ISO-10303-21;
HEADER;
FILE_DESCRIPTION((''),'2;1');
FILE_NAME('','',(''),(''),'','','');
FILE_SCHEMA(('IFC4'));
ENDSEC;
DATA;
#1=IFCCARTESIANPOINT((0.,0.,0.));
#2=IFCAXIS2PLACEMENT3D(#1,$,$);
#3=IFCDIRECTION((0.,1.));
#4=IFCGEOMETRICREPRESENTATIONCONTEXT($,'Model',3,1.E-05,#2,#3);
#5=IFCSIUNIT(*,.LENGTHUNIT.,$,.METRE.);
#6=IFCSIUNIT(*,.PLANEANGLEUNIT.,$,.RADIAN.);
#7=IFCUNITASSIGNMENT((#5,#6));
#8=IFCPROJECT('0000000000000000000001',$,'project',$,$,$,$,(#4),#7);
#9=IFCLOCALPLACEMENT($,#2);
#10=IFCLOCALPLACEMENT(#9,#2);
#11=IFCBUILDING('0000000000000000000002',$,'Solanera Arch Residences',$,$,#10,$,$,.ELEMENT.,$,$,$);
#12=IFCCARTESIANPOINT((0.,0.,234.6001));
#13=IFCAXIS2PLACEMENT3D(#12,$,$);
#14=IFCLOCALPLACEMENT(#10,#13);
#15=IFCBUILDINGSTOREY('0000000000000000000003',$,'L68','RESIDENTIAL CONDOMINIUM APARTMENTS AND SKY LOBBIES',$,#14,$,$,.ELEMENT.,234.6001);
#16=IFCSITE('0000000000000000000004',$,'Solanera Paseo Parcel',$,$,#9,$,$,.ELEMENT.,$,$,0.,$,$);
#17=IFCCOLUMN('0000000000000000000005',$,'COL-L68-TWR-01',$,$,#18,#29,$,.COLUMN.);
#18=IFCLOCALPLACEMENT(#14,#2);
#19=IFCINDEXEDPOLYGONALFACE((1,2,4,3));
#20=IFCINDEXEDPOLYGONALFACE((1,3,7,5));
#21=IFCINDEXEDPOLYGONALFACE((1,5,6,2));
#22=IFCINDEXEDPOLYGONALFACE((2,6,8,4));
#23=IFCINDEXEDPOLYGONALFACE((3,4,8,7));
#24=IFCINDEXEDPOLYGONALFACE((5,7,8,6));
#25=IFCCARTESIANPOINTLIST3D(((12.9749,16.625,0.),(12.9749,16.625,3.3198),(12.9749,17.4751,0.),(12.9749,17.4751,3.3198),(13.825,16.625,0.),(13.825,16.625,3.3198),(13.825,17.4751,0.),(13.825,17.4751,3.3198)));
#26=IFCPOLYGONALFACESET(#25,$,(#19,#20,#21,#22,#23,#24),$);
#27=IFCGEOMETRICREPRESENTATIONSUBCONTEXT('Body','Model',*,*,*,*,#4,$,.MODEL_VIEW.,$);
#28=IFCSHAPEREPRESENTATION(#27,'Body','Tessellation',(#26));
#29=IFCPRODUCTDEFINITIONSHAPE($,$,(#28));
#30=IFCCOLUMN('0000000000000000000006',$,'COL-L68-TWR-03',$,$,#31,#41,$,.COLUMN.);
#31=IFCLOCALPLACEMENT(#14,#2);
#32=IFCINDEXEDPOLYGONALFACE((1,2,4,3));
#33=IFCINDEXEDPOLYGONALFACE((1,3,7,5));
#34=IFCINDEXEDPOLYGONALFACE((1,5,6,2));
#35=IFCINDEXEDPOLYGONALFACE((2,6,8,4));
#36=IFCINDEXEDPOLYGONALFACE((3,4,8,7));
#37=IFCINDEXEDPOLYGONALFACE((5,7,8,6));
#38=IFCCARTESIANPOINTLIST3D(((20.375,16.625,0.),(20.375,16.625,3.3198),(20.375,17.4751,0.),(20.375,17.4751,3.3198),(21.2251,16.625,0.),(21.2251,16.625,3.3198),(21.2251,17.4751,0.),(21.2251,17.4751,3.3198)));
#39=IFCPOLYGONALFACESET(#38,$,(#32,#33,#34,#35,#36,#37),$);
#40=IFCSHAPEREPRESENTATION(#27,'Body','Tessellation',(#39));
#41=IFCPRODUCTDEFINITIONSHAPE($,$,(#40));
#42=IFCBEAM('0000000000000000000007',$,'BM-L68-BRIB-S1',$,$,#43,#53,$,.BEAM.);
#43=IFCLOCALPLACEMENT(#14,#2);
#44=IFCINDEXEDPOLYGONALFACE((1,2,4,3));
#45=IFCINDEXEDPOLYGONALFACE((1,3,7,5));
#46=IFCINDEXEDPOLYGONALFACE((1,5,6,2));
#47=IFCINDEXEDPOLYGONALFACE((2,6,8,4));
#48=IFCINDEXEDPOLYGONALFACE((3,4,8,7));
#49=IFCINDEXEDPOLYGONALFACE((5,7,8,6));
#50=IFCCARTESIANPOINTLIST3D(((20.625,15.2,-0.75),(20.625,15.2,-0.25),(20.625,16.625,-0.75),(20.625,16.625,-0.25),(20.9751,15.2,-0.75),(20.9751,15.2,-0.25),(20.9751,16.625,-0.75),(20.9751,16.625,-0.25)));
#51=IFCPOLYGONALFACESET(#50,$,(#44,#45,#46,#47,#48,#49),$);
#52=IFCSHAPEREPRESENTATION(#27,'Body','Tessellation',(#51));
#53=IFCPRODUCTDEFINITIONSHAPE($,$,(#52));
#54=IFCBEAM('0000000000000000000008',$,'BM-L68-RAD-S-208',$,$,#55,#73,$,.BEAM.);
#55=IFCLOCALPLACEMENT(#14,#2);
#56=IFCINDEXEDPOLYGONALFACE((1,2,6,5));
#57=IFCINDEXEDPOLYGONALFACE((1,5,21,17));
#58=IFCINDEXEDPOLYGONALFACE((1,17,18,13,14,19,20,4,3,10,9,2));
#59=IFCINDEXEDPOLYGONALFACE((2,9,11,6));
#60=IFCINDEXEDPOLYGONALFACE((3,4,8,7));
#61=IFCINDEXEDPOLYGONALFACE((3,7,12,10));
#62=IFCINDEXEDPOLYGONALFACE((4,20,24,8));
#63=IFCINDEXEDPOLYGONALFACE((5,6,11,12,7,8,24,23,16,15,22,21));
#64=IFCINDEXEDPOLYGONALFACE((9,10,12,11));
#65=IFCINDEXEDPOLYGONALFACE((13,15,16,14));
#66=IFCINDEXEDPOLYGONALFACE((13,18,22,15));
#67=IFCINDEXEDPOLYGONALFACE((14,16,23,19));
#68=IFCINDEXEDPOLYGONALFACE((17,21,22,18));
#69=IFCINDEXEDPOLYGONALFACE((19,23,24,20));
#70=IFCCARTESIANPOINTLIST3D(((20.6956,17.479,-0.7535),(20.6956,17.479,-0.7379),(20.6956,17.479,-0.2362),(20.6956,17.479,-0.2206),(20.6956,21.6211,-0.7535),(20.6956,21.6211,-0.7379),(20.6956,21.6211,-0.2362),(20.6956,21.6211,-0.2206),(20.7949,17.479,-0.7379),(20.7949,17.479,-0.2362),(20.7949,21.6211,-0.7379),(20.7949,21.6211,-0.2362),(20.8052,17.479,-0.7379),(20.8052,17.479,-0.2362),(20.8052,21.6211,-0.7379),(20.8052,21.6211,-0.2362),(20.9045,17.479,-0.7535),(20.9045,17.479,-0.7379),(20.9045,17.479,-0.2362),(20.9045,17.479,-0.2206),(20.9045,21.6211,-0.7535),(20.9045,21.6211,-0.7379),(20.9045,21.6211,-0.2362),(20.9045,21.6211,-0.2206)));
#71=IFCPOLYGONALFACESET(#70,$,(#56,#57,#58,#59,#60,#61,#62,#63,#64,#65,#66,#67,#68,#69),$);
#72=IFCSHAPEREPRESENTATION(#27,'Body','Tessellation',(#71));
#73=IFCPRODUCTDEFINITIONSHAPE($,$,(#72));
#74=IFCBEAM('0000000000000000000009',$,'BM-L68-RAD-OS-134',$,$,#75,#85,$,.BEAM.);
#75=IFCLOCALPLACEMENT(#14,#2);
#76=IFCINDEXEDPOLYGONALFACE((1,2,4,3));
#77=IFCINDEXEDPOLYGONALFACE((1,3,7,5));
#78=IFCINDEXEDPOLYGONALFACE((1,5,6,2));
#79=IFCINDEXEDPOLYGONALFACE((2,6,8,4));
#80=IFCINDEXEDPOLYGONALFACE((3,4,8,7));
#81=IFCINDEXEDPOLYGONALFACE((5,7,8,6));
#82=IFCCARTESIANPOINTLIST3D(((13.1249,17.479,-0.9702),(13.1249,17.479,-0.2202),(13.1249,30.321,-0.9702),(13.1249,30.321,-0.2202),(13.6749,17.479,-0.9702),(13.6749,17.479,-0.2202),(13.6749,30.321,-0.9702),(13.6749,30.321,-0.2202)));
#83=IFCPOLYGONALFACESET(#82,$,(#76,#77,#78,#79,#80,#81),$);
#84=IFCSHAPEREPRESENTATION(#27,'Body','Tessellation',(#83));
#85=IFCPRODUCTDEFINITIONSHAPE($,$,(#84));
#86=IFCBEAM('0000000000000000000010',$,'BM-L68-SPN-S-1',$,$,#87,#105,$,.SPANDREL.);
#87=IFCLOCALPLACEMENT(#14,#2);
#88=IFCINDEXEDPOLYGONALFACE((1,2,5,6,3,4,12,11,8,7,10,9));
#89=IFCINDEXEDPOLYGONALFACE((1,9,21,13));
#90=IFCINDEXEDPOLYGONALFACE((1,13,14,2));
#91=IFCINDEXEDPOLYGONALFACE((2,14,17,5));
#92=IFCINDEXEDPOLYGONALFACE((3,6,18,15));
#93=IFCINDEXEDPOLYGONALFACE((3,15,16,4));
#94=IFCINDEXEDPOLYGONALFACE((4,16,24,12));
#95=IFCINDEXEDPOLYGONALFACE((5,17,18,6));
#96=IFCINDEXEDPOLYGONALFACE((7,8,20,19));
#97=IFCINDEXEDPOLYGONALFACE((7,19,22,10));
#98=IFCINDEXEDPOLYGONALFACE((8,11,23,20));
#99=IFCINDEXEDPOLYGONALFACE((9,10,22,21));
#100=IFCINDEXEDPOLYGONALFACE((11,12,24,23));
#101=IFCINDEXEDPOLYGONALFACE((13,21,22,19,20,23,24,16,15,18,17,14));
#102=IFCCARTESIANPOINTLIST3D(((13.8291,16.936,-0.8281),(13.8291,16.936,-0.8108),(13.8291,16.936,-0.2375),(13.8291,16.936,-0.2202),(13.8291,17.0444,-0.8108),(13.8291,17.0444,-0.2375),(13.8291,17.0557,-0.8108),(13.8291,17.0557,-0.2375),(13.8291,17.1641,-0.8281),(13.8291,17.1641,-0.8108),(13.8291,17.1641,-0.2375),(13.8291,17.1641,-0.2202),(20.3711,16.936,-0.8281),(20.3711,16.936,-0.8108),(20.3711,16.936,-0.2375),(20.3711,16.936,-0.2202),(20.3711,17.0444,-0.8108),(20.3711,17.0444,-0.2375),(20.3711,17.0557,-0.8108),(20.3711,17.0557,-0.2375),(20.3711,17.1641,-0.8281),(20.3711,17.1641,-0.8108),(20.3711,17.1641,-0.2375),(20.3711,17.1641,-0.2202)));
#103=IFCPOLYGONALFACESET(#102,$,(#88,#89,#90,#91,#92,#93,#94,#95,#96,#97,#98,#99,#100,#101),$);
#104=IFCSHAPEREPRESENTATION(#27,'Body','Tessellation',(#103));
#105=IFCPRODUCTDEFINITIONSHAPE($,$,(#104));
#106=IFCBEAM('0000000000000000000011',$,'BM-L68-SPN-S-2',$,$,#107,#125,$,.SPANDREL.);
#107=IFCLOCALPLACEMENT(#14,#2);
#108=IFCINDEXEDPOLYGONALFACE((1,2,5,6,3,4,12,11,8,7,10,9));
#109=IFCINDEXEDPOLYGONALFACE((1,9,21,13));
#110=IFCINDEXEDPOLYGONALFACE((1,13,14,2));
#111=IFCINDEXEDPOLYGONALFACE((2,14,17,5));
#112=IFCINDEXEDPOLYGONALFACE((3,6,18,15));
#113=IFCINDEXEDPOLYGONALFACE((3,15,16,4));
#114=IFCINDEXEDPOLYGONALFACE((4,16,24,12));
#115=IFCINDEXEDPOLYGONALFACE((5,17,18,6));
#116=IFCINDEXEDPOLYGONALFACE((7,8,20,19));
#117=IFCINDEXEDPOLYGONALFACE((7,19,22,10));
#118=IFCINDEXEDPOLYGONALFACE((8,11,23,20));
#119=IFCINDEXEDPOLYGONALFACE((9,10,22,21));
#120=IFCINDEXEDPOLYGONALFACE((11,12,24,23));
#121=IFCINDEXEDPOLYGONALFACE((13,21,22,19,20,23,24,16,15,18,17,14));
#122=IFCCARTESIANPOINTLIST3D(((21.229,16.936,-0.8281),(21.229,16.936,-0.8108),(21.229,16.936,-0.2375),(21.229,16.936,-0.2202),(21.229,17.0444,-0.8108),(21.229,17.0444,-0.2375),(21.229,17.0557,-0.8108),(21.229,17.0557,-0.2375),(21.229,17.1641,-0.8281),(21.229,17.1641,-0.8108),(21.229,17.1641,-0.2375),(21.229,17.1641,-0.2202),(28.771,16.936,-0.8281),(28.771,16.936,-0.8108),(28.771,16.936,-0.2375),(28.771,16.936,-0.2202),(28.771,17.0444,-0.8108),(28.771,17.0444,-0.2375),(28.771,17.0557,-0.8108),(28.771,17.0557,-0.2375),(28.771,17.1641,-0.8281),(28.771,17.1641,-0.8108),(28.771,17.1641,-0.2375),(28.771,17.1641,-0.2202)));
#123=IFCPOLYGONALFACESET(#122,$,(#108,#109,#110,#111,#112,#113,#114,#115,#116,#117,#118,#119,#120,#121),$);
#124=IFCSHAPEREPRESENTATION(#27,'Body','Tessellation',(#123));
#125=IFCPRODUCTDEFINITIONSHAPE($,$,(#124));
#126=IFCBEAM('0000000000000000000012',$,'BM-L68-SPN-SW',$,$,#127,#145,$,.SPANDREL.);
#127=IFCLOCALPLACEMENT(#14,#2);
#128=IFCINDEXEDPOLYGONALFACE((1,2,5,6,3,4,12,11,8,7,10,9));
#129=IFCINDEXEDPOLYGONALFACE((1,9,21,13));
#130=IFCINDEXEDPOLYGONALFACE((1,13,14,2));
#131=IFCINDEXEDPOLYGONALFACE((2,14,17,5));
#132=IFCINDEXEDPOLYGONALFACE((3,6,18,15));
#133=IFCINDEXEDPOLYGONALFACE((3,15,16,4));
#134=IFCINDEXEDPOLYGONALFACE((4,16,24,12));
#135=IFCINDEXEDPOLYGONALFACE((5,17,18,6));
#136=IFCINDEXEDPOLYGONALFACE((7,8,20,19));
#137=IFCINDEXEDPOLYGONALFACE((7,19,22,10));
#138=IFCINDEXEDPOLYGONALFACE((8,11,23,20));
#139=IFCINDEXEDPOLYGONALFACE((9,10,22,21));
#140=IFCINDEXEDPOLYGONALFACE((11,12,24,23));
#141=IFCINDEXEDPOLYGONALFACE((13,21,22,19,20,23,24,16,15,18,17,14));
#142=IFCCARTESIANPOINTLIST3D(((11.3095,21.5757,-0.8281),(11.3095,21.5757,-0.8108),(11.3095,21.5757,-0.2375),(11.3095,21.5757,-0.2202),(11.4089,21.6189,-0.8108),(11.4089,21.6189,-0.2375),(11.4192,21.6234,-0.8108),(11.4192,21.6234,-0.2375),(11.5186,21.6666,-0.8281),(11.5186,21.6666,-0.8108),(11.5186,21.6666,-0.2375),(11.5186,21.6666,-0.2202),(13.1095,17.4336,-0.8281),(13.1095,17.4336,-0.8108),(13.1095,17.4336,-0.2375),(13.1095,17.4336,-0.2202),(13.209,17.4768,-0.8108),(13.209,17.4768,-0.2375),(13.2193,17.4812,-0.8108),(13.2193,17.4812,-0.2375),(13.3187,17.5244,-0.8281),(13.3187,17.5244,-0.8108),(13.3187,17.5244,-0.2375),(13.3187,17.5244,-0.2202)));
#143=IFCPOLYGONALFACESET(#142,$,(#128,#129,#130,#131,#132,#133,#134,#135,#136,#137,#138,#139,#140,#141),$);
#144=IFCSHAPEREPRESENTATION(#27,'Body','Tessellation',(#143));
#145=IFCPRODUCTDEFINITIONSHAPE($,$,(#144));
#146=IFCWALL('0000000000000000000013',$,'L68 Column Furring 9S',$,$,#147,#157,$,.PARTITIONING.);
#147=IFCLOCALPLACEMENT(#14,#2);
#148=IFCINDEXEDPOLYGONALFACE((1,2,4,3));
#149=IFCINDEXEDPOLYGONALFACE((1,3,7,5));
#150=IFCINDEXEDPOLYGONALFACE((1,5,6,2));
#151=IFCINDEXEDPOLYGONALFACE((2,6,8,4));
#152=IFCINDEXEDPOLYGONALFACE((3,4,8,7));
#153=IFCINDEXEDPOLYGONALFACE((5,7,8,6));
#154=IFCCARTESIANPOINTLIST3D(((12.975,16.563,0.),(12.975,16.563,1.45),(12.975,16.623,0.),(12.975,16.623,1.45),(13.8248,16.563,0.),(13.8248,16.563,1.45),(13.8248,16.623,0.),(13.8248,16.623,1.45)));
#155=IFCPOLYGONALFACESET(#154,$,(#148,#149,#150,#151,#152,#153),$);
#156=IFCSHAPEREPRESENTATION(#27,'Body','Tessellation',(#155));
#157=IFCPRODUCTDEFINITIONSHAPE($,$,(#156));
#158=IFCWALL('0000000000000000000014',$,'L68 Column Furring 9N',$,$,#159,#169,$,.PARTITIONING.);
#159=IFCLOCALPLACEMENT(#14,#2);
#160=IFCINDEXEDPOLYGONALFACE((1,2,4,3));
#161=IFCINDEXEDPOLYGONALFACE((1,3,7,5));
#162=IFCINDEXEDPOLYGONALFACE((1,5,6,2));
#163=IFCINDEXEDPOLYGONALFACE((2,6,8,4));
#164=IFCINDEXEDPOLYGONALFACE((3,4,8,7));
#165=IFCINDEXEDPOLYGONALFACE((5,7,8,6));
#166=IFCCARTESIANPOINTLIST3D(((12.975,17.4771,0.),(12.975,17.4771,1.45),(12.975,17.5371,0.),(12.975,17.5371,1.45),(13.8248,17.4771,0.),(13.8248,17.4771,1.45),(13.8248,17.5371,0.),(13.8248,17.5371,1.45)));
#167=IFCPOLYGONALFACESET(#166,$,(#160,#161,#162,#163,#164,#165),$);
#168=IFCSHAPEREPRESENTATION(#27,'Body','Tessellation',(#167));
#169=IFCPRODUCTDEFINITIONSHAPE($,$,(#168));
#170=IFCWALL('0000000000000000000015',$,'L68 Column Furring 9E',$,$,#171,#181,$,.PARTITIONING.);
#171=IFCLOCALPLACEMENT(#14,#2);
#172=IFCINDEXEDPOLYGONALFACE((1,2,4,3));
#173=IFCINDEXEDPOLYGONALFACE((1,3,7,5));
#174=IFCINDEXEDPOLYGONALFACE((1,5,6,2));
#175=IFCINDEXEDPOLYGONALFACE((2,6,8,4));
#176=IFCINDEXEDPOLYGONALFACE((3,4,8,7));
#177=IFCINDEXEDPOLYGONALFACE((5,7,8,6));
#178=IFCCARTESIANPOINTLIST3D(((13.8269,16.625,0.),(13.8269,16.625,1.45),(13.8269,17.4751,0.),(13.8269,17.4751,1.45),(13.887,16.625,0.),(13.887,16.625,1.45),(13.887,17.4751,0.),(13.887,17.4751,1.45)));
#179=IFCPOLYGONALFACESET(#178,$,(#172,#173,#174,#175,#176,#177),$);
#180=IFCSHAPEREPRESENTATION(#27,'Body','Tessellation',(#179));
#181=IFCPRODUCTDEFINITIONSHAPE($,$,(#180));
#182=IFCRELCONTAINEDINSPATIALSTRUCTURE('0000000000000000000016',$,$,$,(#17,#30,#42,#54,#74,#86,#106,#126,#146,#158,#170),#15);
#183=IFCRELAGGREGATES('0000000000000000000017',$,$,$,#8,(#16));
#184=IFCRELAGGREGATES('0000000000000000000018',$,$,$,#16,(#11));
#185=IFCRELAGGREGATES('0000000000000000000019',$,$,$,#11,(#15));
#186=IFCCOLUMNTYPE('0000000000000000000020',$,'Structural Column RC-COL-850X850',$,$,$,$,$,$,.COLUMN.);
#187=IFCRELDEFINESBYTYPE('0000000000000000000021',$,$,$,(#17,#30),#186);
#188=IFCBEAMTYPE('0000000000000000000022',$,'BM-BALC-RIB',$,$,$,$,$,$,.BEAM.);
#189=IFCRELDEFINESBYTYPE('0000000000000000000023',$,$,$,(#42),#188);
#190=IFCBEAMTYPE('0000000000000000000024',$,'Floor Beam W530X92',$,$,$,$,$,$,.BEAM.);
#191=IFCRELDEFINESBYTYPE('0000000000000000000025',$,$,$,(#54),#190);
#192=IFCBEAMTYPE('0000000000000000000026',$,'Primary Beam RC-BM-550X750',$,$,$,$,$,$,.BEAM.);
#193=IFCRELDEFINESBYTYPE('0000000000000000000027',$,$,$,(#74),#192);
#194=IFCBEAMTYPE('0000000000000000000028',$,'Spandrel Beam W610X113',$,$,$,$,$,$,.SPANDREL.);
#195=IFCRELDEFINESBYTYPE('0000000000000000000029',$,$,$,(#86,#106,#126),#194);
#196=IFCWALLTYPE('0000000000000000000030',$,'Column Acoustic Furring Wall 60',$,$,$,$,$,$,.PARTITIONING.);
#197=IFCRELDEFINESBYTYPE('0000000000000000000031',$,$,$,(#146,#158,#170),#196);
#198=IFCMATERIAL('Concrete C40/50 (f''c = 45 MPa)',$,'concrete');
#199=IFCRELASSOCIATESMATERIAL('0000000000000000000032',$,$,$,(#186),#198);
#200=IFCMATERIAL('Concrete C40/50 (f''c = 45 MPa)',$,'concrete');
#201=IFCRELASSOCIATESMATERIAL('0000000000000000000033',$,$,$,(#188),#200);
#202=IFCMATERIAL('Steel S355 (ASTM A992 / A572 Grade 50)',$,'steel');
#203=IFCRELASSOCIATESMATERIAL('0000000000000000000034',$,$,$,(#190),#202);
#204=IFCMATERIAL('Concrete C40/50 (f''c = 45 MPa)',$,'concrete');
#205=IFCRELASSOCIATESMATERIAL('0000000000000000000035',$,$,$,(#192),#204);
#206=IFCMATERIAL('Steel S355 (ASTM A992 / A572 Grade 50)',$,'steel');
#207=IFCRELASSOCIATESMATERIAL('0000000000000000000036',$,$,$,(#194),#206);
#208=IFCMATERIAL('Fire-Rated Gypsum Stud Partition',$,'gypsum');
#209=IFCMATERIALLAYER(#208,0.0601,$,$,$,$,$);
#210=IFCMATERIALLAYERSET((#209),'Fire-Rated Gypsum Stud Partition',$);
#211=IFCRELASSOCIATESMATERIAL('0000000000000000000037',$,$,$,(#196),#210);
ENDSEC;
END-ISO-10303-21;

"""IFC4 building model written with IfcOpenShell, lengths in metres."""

from ifc_helpers import new_model, si_unit, direction, frame, frame_2d, origin, origin_2d, place, context, subcontext, project, spatial, rectangle, i_section, extrude, material, layer, layer_set, material_profile, profile_set, type_object, element, save


model = new_model("IFC4")

# Units and contexts
model_context = context("Model", 3, precision=1e-05, world=origin(), true_north=direction((0.0, 1.0)))
body_context = subcontext(model_context, "Body", "Model", "MODEL_VIEW")
ifc_project = project(units=[si_unit("LENGTHUNIT", "METRE"), si_unit("PLANEANGLEUNIT", "RADIAN")], contexts=[model_context])

# Site, building, storey
site_placement = place(None, origin())
site = spatial("IfcSite", under=ifc_project, at=site_placement, Name="Solanera Paseo Parcel", CompositionType="ELEMENT", RefElevation=0.0)
building_placement = place(site_placement, origin())
building = spatial("IfcBuilding", under=site, at=building_placement, Name="Solanera Arch Residences", CompositionType="ELEMENT")
storey_placement = place(building_placement, frame((0.0, 0.0, 234.6001)))
storey = spatial("IfcBuildingStorey", under=building, at=storey_placement, Name="L68", Description="RESIDENTIAL CONDOMINIUM APARTMENTS AND SKY LOBBIES", CompositionType="ELEMENT", Elevation=234.6001)

# Columns
ifc_material_1 = material(Name="Concrete C40/50 (f'c = 45 MPa)", Category="concrete")
ifc_material_profile_1 = material_profile(ifc_material_1, rectangle(XDim=0.8501, YDim=0.8501, at=origin_2d()))
ifc_profile_set_1 = profile_set([ifc_material_profile_1], Name="Concrete C40/50 (f'c = 45 MPa)")
column_type = type_object("IfcColumnType", Name="Structural Column RC-COL-850X850", PredefinedType="COLUMN", material=ifc_profile_set_1)
for number, where, z_axis, x_axis, name in (
    (1, (13.3999, 17.05, 0.0), (0.0, 0.0, 1.0), (1.0, 0.0, 0.0), "COL-L68-TWR-01"),
    (2, (20.8, 17.05, 0.0), (0.0, 0.0, 1.0), (1.0, 0.0, 0.0), "COL-L68-TWR-03"),
):
    element("IfcColumn", number, at=place(storey_placement, frame(where, z_axis=z_axis, x_axis=x_axis)), inside=storey, type_object=column_type, Name=name, PredefinedType="COLUMN", context=body_context, shape_type="SweptSolid", body=[
        extrude(rectangle(XDim=0.8501, YDim=0.8501, at=origin_2d()), origin(), (0.0, 0.0, 1.0), 3.3198),
    ])

# Beams
ifc_material_2 = material(Name="Concrete C40/50 (f'c = 45 MPa)", Category="concrete")
ifc_material_profile_2 = material_profile(ifc_material_2, rectangle(XDim=0.3501, YDim=0.5, at=origin_2d()))
ifc_profile_set_2 = profile_set([ifc_material_profile_2], Name="Concrete C40/50 (f'c = 45 MPa)")
beam_type_1 = type_object("IfcBeamType", Name="BM-BALC-RIB", PredefinedType="BEAM", material=ifc_profile_set_2)
beam_1_placement = place(storey_placement, frame((20.8, 15.2, -0.5), z_axis=(0.0, 1.0, 0.0), x_axis=(-1.0, 0.0, 0.0)))
element("IfcBeam", 3, at=beam_1_placement, inside=storey, type_object=beam_type_1, Name="BM-L68-BRIB-S1", PredefinedType="BEAM", context=body_context, shape_type="SweptSolid", body=[
    extrude(rectangle(XDim=0.3501, YDim=0.5, at=origin_2d()), origin(), (0.0, 0.0, 1.0), 1.425),
])
ifc_material_3 = material(Name="Steel S355 (ASTM A992 / A572 Grade 50)", Category="steel")
ifc_material_profile_3 = material_profile(ifc_material_3, i_section(OverallWidth=0.209, OverallDepth=0.533, WebThickness=0.0103, FlangeThickness=0.0156, at=origin_2d()))
ifc_profile_set_3 = profile_set([ifc_material_profile_3], Name="Steel S355 (ASTM A992 / A572 Grade 50)")
beam_type_2 = type_object("IfcBeamType", Name="Floor Beam W530X92", PredefinedType="BEAM", material=ifc_profile_set_3)
beam_2_placement = place(storey_placement, frame((20.8, 17.479, -0.4871), z_axis=(0.0, 1.0, 0.0), x_axis=(-1.0, 0.0, 0.0)))
element("IfcBeam", 4, at=beam_2_placement, inside=storey, type_object=beam_type_2, Name="BM-L68-RAD-S-208", PredefinedType="BEAM", context=body_context, shape_type="SweptSolid", body=[
    extrude(i_section(OverallWidth=0.209, OverallDepth=0.533, WebThickness=0.0103, FlangeThickness=0.0156, at=origin_2d()), origin(), (0.0, 0.0, 1.0), 4.1421),
])
ifc_material_4 = material(Name="Concrete C40/50 (f'c = 45 MPa)", Category="concrete")
ifc_material_profile_4 = material_profile(ifc_material_4, rectangle(XDim=0.55, YDim=0.75, at=origin_2d()))
ifc_profile_set_4 = profile_set([ifc_material_profile_4], Name="Concrete C40/50 (f'c = 45 MPa)")
beam_type_3 = type_object("IfcBeamType", Name="Primary Beam RC-BM-550X750", PredefinedType="BEAM", material=ifc_profile_set_4)
beam_3_placement = place(storey_placement, frame((13.3999, 17.479, -0.5952), z_axis=(0.0, 1.0, 0.0), x_axis=(-1.0, 0.0, 0.0)))
element("IfcBeam", 5, at=beam_3_placement, inside=storey, type_object=beam_type_3, Name="BM-L68-RAD-OS-134", PredefinedType="BEAM", context=body_context, shape_type="SweptSolid", body=[
    extrude(rectangle(XDim=0.55, YDim=0.75, at=origin_2d()), origin(), (0.0, 0.0, 1.0), 12.842),
])
ifc_material_5 = material(Name="Steel S355 (ASTM A992 / A572 Grade 50)", Category="steel")
ifc_material_profile_5 = material_profile(ifc_material_5, i_section(OverallWidth=0.228, OverallDepth=0.6079, WebThickness=0.0112, FlangeThickness=0.0173, at=origin_2d()))
ifc_profile_set_5 = profile_set([ifc_material_profile_5], Name="Steel S355 (ASTM A992 / A572 Grade 50)")
beam_type_4 = type_object("IfcBeamType", Name="Spandrel Beam W610X113", PredefinedType="SPANDREL", material=ifc_profile_set_5)
beam_4_placement = place(storey_placement, frame((13.8291, 17.05, -0.5242), z_axis=(1.0, 0.0, 0.0), x_axis=(0.0, 1.0, 0.0)))
element("IfcBeam", 6, at=beam_4_placement, inside=storey, type_object=beam_type_4, Name="BM-L68-SPN-S-1", PredefinedType="SPANDREL", context=body_context, shape_type="SweptSolid", body=[
    extrude(i_section(OverallWidth=0.228, OverallDepth=0.6079, WebThickness=0.0112, FlangeThickness=0.0173, at=origin_2d()), origin(), (0.0, 0.0, 1.0), 6.542),
])
beam_5_placement = place(storey_placement, frame((21.229, 17.05, -0.5242), z_axis=(1.0, 0.0, 0.0), x_axis=(0.0, 1.0, 0.0)))
element("IfcBeam", 7, at=beam_5_placement, inside=storey, type_object=beam_type_4, Name="BM-L68-SPN-S-2", PredefinedType="SPANDREL", context=body_context, shape_type="SweptSolid", body=[
    extrude(i_section(OverallWidth=0.228, OverallDepth=0.6079, WebThickness=0.0112, FlangeThickness=0.0173, at=origin_2d()), origin(), (0.0, 0.0, 1.0), 7.542),
])
beam_6_placement = place(storey_placement, frame((13.2141, 17.479, -0.5242), z_axis=(-0.398566, 0.91714, 0.0), x_axis=(-0.91714, -0.398566, 0.0)))
element("IfcBeam", 8, at=beam_6_placement, inside=storey, type_object=beam_type_4, Name="BM-L68-SPN-SW", PredefinedType="SPANDREL", context=body_context, shape_type="SweptSolid", body=[
    extrude(i_section(OverallWidth=0.228, OverallDepth=0.6079, WebThickness=0.0112, FlangeThickness=0.0173, at=origin_2d()), origin(), (0.0, 0.0, 1.0), 4.5164),
])

# Walls
ifc_material_6 = material(Name="Fire-Rated Gypsum Stud Partition", Category="gypsum")
ifc_layer_1 = layer(ifc_material_6, 0.0601)
ifc_layer_set_1 = layer_set([ifc_layer_1], Name="Fire-Rated Gypsum Stud Partition")
wall_type_1 = type_object("IfcWallType", Name="Column Acoustic Furring Wall 60", PredefinedType="PARTITIONING", material=ifc_layer_set_1)
for number, where, z_axis, x_axis, name in (
    (9, (12.9751, 16.593, 0.0), (0.0, 0.0, 1.0), (1.0, 0.0, 0.0), "L68 Column Furring 9S"),
    (10, (12.9751, 17.5071, 0.0), (0.0, 0.0, 1.0), (1.0, 0.0, 0.0), "L68 Column Furring 9N"),
):
    element("IfcWall", number, at=place(storey_placement, frame(where, z_axis=z_axis, x_axis=x_axis)), inside=storey, type_object=wall_type_1, Name=name, PredefinedType="PARTITIONING", context=body_context, shape_type="SweptSolid", body=[
        extrude(rectangle(XDim=0.8499, YDim=0.0601, at=frame_2d((0.4248, 0.0))), origin(), (0.0, 0.0, 1.0), 1.45),
    ])
for number, where, z_axis, x_axis, name in (
    (11, (13.8569, 16.625, 0.0), (0.0, 0.0, 1.0), (0.0, 1.0, 0.0), "L68 Column Furring 9E"),
):
    element("IfcWall", number, at=place(storey_placement, frame(where, z_axis=z_axis, x_axis=x_axis)), inside=storey, type_object=wall_type_1, Name=name, PredefinedType="PARTITIONING", context=body_context, shape_type="SweptSolid", body=[
        extrude(rectangle(XDim=0.8501, YDim=0.0601, at=frame_2d((0.425, 0.0))), origin(), (0.0, 0.0, 1.0), 1.45),
    ])

save(model, "model.ifc")
